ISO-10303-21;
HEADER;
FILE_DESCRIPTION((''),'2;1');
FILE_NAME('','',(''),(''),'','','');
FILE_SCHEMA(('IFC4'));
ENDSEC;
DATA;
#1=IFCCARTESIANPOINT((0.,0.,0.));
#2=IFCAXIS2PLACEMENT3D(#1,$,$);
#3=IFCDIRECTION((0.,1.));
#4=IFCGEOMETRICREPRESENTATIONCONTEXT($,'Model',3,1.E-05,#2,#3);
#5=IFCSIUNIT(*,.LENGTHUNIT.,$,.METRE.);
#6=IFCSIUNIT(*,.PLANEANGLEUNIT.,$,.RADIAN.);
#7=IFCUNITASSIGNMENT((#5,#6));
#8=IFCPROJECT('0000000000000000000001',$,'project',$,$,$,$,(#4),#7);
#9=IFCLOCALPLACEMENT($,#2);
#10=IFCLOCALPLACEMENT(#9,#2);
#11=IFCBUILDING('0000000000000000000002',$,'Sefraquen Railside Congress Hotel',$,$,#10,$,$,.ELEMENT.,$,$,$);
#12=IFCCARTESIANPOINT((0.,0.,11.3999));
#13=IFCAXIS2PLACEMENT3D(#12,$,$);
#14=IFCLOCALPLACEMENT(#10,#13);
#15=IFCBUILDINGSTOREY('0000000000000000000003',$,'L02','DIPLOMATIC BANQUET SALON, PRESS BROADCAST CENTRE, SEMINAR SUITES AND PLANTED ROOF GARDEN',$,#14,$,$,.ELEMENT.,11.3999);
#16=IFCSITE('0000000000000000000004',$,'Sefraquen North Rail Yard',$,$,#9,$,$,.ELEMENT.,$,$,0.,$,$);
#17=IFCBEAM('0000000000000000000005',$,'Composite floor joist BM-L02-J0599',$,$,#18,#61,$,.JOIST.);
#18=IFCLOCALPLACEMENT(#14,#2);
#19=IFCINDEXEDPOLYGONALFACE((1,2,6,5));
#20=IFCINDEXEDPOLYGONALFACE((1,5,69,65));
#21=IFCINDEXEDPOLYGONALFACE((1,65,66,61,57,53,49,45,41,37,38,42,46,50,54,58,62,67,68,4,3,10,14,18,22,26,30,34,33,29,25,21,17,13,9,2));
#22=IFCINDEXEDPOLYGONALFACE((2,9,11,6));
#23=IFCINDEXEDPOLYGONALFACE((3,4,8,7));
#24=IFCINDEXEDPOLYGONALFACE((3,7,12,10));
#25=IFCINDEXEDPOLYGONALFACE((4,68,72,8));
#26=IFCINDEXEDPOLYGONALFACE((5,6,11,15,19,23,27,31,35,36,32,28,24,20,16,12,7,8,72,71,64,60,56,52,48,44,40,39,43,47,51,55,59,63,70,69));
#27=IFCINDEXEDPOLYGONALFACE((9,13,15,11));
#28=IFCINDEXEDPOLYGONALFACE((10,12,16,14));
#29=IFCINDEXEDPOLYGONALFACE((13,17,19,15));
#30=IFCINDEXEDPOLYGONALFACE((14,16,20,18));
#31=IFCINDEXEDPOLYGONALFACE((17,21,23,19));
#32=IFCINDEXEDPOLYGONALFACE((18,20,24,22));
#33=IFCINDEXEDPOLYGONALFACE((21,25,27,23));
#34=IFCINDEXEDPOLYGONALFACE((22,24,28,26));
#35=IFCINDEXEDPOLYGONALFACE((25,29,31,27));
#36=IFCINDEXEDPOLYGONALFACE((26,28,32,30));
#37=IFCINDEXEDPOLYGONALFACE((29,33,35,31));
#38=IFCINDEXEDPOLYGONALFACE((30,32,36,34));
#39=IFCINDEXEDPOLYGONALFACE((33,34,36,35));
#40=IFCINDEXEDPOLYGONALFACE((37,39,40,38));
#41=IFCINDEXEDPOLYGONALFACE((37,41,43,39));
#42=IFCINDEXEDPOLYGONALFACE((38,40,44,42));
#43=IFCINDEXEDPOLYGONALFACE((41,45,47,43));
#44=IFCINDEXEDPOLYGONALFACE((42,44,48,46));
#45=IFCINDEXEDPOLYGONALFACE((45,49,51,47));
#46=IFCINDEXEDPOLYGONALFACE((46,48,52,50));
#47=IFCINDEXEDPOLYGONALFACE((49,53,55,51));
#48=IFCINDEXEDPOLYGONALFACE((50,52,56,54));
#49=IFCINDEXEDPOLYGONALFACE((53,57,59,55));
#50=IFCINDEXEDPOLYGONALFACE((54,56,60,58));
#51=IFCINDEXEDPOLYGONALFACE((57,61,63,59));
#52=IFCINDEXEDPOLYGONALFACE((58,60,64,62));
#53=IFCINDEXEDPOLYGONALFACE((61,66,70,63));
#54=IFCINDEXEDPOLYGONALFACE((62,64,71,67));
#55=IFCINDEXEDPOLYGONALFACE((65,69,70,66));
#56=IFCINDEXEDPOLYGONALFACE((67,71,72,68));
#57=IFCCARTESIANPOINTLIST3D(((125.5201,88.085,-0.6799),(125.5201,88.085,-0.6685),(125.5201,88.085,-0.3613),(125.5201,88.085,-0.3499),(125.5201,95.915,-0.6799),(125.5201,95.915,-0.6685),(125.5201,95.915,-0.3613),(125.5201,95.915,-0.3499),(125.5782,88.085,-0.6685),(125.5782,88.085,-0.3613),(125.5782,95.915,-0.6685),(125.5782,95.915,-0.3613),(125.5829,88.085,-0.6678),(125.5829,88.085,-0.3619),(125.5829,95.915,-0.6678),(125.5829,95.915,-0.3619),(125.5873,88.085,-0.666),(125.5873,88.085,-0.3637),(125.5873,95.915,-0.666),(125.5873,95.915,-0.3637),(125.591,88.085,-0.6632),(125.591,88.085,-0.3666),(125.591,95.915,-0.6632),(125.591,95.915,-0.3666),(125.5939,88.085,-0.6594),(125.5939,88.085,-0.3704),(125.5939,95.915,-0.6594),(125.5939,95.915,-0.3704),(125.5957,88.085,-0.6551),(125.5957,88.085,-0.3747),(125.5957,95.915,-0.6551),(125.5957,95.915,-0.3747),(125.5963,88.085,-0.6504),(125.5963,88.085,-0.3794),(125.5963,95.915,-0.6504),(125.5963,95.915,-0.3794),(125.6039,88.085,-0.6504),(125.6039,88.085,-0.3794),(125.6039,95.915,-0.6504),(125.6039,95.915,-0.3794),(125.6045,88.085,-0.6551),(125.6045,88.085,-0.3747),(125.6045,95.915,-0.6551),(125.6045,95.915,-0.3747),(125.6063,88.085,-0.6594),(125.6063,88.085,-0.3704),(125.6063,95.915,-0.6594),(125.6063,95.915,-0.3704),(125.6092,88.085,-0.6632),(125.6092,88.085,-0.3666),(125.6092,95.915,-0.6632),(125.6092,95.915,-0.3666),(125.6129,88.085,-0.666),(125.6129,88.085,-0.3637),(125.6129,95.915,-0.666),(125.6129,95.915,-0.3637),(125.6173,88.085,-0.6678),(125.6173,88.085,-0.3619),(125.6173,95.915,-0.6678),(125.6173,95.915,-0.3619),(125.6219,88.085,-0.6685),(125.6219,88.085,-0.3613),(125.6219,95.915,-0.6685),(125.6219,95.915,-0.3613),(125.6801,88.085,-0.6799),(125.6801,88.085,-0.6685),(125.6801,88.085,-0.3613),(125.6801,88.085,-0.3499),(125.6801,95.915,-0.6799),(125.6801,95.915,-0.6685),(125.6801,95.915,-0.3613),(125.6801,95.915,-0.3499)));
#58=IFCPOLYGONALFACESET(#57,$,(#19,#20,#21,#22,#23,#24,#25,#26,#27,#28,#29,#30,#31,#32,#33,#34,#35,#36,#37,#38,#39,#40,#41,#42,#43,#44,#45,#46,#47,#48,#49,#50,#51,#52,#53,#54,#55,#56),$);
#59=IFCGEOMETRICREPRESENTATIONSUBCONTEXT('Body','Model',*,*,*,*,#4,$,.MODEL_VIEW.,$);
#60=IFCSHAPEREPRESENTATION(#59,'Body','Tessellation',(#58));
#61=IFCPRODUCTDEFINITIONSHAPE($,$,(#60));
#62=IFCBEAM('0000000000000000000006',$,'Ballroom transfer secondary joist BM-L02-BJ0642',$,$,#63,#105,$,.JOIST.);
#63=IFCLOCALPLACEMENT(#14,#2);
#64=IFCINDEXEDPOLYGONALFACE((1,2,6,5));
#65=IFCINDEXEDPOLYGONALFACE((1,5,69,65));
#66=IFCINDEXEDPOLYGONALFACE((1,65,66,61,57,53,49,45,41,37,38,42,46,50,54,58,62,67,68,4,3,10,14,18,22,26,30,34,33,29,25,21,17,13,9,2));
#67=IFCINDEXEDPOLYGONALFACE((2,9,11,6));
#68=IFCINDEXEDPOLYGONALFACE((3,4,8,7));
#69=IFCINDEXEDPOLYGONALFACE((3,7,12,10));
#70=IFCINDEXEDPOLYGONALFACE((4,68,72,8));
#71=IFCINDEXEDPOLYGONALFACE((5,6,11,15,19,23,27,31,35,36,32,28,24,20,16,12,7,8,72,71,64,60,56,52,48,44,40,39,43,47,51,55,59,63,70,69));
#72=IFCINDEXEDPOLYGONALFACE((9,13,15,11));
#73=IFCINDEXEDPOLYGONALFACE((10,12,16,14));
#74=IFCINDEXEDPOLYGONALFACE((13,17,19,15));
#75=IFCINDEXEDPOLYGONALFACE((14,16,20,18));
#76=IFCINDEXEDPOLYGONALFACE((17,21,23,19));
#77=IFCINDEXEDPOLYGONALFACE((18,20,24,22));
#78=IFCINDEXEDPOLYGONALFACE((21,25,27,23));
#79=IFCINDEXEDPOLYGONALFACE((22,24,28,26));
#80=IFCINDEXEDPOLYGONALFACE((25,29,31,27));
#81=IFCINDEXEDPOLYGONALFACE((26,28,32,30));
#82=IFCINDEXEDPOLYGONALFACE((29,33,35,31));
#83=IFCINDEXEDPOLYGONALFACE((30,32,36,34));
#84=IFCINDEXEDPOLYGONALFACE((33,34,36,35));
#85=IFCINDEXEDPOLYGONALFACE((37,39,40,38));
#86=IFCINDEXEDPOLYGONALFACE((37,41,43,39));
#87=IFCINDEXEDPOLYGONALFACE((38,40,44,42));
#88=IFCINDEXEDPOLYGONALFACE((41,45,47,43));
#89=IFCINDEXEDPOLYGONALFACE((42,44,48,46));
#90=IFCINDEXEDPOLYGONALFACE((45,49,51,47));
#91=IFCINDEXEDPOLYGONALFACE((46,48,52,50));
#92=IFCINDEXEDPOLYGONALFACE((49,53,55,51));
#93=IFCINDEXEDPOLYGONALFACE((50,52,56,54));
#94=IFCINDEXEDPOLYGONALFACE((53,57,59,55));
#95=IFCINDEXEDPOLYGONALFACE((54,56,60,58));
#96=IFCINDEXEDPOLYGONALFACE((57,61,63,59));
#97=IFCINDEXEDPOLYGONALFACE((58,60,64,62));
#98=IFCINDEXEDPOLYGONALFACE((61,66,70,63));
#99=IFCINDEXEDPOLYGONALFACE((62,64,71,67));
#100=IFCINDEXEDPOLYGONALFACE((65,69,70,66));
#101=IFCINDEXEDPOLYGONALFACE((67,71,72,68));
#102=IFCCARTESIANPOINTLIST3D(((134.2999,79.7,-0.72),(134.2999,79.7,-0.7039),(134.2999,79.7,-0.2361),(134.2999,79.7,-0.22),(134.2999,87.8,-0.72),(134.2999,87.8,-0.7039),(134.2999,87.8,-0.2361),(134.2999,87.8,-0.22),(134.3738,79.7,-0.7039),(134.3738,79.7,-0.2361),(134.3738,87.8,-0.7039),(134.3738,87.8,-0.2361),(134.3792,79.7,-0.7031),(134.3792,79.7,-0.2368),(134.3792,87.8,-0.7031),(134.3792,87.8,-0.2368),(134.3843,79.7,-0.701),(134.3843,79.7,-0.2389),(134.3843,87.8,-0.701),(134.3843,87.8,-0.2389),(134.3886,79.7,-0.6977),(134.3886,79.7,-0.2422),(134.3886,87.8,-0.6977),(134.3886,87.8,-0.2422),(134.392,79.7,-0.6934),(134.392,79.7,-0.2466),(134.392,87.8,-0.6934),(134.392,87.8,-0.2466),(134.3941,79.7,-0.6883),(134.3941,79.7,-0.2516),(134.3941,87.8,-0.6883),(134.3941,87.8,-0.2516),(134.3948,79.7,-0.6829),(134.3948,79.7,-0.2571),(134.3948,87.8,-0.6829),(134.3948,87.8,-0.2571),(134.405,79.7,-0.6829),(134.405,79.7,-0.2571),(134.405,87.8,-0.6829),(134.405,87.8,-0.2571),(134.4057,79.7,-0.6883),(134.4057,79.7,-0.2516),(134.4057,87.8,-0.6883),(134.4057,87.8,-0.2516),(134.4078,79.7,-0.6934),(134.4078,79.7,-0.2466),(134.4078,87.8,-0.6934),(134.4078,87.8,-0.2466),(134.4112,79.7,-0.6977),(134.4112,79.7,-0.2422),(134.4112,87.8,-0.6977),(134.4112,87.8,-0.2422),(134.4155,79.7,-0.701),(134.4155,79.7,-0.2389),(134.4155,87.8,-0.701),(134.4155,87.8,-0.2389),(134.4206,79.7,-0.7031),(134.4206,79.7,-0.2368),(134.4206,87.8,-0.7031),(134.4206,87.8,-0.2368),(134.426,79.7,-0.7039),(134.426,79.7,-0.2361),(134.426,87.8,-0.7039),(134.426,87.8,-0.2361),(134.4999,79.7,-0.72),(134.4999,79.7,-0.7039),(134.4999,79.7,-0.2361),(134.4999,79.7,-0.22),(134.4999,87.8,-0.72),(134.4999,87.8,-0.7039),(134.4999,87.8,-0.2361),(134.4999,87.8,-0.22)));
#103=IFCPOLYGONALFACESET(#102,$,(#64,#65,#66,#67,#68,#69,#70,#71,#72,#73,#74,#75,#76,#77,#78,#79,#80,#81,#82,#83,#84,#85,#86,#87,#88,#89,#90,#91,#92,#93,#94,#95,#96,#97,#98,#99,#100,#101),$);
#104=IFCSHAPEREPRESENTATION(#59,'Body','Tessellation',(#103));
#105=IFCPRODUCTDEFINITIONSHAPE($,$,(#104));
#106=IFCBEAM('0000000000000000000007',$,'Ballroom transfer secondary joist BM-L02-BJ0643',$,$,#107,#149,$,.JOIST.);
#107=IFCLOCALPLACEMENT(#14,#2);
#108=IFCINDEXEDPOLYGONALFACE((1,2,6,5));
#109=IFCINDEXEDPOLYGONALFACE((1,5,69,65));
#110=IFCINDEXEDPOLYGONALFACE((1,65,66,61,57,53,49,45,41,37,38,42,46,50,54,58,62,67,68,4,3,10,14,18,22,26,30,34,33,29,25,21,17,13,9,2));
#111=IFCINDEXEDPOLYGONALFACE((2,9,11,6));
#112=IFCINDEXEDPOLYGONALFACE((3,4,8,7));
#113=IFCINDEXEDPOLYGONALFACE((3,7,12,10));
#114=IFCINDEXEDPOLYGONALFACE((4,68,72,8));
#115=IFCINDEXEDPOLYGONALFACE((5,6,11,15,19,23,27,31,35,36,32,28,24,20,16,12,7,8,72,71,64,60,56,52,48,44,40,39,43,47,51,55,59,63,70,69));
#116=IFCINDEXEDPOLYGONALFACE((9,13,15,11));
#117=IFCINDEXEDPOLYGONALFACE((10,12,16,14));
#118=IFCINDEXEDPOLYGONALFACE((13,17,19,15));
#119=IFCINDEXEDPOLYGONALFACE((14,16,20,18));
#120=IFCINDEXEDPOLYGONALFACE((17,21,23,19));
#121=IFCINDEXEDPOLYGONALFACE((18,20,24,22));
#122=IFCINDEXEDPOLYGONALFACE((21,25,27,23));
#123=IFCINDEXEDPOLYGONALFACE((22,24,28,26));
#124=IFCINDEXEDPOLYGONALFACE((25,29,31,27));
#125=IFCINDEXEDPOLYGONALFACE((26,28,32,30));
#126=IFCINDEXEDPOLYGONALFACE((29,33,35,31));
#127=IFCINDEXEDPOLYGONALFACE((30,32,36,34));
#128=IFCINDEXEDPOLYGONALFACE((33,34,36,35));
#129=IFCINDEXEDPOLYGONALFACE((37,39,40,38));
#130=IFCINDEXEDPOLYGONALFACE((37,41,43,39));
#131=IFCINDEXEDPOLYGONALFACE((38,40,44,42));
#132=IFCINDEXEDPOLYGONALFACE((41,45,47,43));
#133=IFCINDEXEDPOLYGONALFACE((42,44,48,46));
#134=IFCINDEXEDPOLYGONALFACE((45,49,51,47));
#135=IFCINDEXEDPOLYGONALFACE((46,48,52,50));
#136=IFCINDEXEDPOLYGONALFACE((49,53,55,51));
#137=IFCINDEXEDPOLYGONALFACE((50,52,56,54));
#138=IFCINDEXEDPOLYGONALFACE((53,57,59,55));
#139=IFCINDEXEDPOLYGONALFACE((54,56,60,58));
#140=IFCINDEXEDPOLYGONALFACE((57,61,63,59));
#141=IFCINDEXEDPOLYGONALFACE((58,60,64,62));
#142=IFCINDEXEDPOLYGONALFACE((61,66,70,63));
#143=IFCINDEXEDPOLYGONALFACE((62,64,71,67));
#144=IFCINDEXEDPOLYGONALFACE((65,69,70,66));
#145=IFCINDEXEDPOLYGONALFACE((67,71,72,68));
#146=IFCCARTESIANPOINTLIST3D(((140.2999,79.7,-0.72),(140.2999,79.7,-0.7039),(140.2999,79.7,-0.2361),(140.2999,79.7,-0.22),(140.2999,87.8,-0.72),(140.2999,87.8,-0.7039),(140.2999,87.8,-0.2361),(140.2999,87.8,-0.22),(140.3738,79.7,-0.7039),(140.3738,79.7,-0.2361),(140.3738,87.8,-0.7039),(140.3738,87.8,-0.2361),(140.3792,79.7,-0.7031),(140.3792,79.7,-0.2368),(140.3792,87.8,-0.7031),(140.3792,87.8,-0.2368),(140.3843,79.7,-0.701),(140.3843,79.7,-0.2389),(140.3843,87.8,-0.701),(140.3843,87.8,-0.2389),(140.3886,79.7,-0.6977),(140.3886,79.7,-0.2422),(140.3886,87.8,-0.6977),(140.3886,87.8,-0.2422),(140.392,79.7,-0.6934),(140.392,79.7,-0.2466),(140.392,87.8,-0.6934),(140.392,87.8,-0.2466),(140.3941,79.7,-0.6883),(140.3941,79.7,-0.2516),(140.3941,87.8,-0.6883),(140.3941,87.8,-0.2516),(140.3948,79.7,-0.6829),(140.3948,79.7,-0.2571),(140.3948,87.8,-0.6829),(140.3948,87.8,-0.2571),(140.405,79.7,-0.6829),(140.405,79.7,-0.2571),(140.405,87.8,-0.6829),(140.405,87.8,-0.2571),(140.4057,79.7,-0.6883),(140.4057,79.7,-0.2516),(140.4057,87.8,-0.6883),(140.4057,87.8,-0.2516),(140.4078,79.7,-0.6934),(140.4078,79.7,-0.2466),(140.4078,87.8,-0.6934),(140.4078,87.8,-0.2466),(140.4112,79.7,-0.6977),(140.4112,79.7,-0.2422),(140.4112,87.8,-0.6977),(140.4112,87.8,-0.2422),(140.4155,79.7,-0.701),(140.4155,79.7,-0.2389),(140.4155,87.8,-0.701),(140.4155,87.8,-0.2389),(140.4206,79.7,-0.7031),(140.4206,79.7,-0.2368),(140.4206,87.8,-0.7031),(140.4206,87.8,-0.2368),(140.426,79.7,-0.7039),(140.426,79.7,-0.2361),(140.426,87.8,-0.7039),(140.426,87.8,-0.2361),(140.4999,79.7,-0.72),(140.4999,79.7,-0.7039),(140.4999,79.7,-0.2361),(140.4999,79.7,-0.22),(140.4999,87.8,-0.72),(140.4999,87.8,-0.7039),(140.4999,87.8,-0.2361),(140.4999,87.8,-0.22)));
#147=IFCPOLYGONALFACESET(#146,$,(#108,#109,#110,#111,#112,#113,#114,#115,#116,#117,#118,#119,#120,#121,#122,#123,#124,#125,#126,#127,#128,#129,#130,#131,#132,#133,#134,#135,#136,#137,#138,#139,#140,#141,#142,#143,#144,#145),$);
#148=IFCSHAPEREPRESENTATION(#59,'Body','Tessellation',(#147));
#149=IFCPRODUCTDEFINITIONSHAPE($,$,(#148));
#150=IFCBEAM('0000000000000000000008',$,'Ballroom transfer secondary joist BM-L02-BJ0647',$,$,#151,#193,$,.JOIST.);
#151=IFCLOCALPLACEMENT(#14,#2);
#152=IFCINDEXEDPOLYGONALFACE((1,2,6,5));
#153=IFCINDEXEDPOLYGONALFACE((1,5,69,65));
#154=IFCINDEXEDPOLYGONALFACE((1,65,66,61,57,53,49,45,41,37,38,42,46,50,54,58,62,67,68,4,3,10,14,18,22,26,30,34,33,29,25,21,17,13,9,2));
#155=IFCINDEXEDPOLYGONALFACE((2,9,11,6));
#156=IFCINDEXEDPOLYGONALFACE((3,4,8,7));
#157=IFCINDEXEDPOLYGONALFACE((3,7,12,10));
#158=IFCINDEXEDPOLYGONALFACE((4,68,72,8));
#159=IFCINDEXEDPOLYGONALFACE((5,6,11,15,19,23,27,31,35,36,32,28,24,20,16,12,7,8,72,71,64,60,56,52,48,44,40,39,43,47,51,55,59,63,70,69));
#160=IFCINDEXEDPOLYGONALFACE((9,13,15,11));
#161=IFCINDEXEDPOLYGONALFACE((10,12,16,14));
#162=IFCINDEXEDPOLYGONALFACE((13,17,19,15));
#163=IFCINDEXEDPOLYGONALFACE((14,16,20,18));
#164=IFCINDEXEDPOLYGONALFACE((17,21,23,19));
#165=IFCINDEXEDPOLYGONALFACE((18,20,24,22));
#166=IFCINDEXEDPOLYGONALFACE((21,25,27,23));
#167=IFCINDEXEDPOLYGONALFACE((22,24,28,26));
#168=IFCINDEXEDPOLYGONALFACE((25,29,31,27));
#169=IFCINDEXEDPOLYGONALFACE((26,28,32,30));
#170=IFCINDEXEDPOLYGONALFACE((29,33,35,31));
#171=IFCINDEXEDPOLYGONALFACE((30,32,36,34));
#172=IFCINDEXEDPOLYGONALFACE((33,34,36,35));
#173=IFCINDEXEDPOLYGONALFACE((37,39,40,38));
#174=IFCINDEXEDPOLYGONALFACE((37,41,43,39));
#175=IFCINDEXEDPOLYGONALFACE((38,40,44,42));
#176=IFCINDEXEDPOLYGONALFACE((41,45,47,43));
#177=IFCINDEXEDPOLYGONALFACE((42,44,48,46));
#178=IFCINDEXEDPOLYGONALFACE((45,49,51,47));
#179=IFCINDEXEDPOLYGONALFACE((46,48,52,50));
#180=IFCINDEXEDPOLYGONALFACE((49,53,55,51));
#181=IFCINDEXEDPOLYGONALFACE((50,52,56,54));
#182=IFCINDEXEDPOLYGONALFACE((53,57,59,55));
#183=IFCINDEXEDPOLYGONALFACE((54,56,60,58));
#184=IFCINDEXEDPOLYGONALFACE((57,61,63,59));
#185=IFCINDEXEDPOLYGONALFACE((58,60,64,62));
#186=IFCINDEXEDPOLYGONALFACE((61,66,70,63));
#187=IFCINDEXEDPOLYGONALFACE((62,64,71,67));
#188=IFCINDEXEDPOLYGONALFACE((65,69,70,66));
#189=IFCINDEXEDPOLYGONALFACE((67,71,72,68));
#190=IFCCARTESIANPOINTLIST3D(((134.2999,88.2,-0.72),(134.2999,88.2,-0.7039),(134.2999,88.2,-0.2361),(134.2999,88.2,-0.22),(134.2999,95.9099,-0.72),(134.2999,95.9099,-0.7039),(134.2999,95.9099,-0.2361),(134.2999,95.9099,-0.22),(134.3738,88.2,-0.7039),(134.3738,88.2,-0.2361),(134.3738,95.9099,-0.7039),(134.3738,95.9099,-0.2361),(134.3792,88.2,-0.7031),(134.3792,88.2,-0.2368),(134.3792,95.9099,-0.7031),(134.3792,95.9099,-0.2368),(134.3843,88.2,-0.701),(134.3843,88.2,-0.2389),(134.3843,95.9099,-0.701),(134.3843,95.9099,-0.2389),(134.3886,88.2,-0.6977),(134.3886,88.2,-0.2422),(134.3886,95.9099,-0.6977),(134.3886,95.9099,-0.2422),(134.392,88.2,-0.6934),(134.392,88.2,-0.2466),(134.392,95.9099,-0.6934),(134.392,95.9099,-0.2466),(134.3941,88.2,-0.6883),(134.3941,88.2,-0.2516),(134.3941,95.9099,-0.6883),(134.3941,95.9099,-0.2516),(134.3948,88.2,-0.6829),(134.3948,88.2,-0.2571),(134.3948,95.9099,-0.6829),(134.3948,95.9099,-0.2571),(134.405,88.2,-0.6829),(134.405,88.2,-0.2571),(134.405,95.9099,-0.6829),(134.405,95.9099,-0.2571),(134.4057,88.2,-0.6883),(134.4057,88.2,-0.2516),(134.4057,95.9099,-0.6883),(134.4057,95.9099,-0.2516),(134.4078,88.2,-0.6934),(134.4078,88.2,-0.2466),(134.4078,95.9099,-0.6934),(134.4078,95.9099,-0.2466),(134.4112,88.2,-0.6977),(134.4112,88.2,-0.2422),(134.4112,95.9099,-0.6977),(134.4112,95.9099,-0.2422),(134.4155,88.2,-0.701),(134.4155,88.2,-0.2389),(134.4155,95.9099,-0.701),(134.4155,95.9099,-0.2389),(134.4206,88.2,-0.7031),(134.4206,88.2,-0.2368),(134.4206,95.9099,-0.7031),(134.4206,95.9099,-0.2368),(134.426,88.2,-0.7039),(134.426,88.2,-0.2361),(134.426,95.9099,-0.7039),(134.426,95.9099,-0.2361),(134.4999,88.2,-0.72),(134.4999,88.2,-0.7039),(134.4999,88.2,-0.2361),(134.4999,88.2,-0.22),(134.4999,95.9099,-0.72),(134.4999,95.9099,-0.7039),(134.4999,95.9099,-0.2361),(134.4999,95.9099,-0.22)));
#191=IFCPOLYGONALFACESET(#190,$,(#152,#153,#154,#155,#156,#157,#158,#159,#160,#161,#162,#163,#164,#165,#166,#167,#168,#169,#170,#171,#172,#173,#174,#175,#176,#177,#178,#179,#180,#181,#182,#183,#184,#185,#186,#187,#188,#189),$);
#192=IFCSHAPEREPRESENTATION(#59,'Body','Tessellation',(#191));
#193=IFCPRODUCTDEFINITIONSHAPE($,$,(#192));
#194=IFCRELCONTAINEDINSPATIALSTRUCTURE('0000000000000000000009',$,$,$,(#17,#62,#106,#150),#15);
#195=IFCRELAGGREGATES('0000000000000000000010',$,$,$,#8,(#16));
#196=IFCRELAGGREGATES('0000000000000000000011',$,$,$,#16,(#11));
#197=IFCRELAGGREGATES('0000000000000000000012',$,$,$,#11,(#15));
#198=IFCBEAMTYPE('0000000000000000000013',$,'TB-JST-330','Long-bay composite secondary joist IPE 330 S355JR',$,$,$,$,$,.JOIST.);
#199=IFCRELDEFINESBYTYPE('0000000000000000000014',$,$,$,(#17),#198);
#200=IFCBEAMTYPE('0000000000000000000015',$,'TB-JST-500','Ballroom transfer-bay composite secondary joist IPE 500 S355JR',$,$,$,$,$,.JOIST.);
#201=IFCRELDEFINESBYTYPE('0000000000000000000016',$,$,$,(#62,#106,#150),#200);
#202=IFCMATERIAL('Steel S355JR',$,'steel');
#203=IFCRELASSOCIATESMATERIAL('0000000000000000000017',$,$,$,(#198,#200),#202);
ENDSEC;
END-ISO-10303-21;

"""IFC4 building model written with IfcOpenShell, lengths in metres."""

from ifc_helpers import new_model, si_unit, direction, frame, origin, origin_2d, place, context, subcontext, project, spatial, i_section, extrude, material, material_profile, profile_set, type_object, element, save


model = new_model("IFC4")

# Units and contexts
model_context = context("Model", 3, precision=1e-05, world=origin(), true_north=direction((0.0, 1.0)))
body_context = subcontext(model_context, "Body", "Model", "MODEL_VIEW")
ifc_project = project(units=[si_unit("LENGTHUNIT", "METRE"), si_unit("PLANEANGLEUNIT", "RADIAN")], contexts=[model_context])

# Site, building, storey
site_placement = place(None, origin())
site = spatial("IfcSite", under=ifc_project, at=site_placement, Name="Sefraquen North Rail Yard", CompositionType="ELEMENT", RefElevation=0.0)
building_placement = place(site_placement, origin())
building = spatial("IfcBuilding", under=site, at=building_placement, Name="Sefraquen Railside Congress Hotel", CompositionType="ELEMENT")
storey_placement = place(building_placement, frame((0.0, 0.0, 11.3999)))
storey = spatial("IfcBuildingStorey", under=building, at=storey_placement, Name="L02", Description="DIPLOMATIC BANQUET SALON, PRESS BROADCAST CENTRE, SEMINAR SUITES AND PLANTED ROOF GARDEN", CompositionType="ELEMENT", Elevation=11.3999)

# Shared definitions
ifc_material_1 = material(Name="Steel S355JR", Category="steel")

# Beams
ifc_material_profile_1 = material_profile(ifc_material_1, i_section(OverallWidth=0.1599, OverallDepth=0.3301, WebThickness=0.0076, FlangeThickness=0.0115, FilletRadius=0.0181, at=origin_2d()), Name="IPE 330")
ifc_profile_set_1 = profile_set([ifc_material_profile_1], Name="Steel S355JR")
beam_type_1 = type_object("IfcBeamType", Name="TB-JST-330", Description="Long-bay composite secondary joist IPE 330 S355JR", PredefinedType="JOIST", material=ifc_profile_set_1)
for number, where, z_axis, x_axis, name in (
    (1, (125.6001, 88.085, -0.5149), (0.0, 1.0, 0.0), (-1.0, 0.0, 0.0), "Composite floor joist BM-L02-J0599"),
):
    element("IfcBeam", number, at=place(storey_placement, frame(where, z_axis=z_axis, x_axis=x_axis)), inside=storey, type_object=beam_type_1, Name=name, PredefinedType="JOIST", context=body_context, shape_type="SweptSolid", body=[
        extrude(i_section(OverallWidth=0.1599, OverallDepth=0.3301, WebThickness=0.0076, FlangeThickness=0.0115, FilletRadius=0.0181, at=origin_2d()), origin(), (0.0, 0.0, 1.0), 7.8301),
    ])
ifc_material_profile_2 = material_profile(ifc_material_1, i_section(OverallWidth=0.2, OverallDepth=0.5, WebThickness=0.0103, FlangeThickness=0.0161, FilletRadius=0.021, at=origin_2d()), Name="IPE 500")
ifc_profile_set_2 = profile_set([ifc_material_profile_2], Name="Steel S355JR")
beam_type_2 = type_object("IfcBeamType", Name="TB-JST-500", Description="Ballroom transfer-bay composite secondary joist IPE 500 S355JR", PredefinedType="JOIST", material=ifc_profile_set_2)
for number, where, z_axis, x_axis, name in (
    (2, (134.3999, 79.7, -0.47), (0.0, 1.0, 0.0), (-1.0, 0.0, 0.0), "Ballroom transfer secondary joist BM-L02-BJ0642"),
    (3, (140.3999, 79.7, -0.47), (0.0, 1.0, 0.0), (-1.0, 0.0, 0.0), "Ballroom transfer secondary joist BM-L02-BJ0643"),
):
    element("IfcBeam", number, at=place(storey_placement, frame(where, z_axis=z_axis, x_axis=x_axis)), inside=storey, type_object=beam_type_2, Name=name, PredefinedType="JOIST", context=body_context, shape_type="SweptSolid", body=[
        extrude(i_section(OverallWidth=0.2, OverallDepth=0.5, WebThickness=0.0103, FlangeThickness=0.0161, FilletRadius=0.021, at=origin_2d()), origin(), (0.0, 0.0, 1.0), 8.1001),
    ])
for number, where, z_axis, x_axis, name in (
    (4, (134.3999, 88.2, -0.47), (0.0, 1.0, 0.0), (-1.0, 0.0, 0.0), "Ballroom transfer secondary joist BM-L02-BJ0647"),
):
    element("IfcBeam", number, at=place(storey_placement, frame(where, z_axis=z_axis, x_axis=x_axis)), inside=storey, type_object=beam_type_2, Name=name, PredefinedType="JOIST", context=body_context, shape_type="SweptSolid", body=[
        extrude(i_section(OverallWidth=0.2, OverallDepth=0.5, WebThickness=0.0103, FlangeThickness=0.0161, FilletRadius=0.021, at=origin_2d()), origin(), (0.0, 0.0, 1.0), 7.71),
    ])

save(model, "model.ifc")
